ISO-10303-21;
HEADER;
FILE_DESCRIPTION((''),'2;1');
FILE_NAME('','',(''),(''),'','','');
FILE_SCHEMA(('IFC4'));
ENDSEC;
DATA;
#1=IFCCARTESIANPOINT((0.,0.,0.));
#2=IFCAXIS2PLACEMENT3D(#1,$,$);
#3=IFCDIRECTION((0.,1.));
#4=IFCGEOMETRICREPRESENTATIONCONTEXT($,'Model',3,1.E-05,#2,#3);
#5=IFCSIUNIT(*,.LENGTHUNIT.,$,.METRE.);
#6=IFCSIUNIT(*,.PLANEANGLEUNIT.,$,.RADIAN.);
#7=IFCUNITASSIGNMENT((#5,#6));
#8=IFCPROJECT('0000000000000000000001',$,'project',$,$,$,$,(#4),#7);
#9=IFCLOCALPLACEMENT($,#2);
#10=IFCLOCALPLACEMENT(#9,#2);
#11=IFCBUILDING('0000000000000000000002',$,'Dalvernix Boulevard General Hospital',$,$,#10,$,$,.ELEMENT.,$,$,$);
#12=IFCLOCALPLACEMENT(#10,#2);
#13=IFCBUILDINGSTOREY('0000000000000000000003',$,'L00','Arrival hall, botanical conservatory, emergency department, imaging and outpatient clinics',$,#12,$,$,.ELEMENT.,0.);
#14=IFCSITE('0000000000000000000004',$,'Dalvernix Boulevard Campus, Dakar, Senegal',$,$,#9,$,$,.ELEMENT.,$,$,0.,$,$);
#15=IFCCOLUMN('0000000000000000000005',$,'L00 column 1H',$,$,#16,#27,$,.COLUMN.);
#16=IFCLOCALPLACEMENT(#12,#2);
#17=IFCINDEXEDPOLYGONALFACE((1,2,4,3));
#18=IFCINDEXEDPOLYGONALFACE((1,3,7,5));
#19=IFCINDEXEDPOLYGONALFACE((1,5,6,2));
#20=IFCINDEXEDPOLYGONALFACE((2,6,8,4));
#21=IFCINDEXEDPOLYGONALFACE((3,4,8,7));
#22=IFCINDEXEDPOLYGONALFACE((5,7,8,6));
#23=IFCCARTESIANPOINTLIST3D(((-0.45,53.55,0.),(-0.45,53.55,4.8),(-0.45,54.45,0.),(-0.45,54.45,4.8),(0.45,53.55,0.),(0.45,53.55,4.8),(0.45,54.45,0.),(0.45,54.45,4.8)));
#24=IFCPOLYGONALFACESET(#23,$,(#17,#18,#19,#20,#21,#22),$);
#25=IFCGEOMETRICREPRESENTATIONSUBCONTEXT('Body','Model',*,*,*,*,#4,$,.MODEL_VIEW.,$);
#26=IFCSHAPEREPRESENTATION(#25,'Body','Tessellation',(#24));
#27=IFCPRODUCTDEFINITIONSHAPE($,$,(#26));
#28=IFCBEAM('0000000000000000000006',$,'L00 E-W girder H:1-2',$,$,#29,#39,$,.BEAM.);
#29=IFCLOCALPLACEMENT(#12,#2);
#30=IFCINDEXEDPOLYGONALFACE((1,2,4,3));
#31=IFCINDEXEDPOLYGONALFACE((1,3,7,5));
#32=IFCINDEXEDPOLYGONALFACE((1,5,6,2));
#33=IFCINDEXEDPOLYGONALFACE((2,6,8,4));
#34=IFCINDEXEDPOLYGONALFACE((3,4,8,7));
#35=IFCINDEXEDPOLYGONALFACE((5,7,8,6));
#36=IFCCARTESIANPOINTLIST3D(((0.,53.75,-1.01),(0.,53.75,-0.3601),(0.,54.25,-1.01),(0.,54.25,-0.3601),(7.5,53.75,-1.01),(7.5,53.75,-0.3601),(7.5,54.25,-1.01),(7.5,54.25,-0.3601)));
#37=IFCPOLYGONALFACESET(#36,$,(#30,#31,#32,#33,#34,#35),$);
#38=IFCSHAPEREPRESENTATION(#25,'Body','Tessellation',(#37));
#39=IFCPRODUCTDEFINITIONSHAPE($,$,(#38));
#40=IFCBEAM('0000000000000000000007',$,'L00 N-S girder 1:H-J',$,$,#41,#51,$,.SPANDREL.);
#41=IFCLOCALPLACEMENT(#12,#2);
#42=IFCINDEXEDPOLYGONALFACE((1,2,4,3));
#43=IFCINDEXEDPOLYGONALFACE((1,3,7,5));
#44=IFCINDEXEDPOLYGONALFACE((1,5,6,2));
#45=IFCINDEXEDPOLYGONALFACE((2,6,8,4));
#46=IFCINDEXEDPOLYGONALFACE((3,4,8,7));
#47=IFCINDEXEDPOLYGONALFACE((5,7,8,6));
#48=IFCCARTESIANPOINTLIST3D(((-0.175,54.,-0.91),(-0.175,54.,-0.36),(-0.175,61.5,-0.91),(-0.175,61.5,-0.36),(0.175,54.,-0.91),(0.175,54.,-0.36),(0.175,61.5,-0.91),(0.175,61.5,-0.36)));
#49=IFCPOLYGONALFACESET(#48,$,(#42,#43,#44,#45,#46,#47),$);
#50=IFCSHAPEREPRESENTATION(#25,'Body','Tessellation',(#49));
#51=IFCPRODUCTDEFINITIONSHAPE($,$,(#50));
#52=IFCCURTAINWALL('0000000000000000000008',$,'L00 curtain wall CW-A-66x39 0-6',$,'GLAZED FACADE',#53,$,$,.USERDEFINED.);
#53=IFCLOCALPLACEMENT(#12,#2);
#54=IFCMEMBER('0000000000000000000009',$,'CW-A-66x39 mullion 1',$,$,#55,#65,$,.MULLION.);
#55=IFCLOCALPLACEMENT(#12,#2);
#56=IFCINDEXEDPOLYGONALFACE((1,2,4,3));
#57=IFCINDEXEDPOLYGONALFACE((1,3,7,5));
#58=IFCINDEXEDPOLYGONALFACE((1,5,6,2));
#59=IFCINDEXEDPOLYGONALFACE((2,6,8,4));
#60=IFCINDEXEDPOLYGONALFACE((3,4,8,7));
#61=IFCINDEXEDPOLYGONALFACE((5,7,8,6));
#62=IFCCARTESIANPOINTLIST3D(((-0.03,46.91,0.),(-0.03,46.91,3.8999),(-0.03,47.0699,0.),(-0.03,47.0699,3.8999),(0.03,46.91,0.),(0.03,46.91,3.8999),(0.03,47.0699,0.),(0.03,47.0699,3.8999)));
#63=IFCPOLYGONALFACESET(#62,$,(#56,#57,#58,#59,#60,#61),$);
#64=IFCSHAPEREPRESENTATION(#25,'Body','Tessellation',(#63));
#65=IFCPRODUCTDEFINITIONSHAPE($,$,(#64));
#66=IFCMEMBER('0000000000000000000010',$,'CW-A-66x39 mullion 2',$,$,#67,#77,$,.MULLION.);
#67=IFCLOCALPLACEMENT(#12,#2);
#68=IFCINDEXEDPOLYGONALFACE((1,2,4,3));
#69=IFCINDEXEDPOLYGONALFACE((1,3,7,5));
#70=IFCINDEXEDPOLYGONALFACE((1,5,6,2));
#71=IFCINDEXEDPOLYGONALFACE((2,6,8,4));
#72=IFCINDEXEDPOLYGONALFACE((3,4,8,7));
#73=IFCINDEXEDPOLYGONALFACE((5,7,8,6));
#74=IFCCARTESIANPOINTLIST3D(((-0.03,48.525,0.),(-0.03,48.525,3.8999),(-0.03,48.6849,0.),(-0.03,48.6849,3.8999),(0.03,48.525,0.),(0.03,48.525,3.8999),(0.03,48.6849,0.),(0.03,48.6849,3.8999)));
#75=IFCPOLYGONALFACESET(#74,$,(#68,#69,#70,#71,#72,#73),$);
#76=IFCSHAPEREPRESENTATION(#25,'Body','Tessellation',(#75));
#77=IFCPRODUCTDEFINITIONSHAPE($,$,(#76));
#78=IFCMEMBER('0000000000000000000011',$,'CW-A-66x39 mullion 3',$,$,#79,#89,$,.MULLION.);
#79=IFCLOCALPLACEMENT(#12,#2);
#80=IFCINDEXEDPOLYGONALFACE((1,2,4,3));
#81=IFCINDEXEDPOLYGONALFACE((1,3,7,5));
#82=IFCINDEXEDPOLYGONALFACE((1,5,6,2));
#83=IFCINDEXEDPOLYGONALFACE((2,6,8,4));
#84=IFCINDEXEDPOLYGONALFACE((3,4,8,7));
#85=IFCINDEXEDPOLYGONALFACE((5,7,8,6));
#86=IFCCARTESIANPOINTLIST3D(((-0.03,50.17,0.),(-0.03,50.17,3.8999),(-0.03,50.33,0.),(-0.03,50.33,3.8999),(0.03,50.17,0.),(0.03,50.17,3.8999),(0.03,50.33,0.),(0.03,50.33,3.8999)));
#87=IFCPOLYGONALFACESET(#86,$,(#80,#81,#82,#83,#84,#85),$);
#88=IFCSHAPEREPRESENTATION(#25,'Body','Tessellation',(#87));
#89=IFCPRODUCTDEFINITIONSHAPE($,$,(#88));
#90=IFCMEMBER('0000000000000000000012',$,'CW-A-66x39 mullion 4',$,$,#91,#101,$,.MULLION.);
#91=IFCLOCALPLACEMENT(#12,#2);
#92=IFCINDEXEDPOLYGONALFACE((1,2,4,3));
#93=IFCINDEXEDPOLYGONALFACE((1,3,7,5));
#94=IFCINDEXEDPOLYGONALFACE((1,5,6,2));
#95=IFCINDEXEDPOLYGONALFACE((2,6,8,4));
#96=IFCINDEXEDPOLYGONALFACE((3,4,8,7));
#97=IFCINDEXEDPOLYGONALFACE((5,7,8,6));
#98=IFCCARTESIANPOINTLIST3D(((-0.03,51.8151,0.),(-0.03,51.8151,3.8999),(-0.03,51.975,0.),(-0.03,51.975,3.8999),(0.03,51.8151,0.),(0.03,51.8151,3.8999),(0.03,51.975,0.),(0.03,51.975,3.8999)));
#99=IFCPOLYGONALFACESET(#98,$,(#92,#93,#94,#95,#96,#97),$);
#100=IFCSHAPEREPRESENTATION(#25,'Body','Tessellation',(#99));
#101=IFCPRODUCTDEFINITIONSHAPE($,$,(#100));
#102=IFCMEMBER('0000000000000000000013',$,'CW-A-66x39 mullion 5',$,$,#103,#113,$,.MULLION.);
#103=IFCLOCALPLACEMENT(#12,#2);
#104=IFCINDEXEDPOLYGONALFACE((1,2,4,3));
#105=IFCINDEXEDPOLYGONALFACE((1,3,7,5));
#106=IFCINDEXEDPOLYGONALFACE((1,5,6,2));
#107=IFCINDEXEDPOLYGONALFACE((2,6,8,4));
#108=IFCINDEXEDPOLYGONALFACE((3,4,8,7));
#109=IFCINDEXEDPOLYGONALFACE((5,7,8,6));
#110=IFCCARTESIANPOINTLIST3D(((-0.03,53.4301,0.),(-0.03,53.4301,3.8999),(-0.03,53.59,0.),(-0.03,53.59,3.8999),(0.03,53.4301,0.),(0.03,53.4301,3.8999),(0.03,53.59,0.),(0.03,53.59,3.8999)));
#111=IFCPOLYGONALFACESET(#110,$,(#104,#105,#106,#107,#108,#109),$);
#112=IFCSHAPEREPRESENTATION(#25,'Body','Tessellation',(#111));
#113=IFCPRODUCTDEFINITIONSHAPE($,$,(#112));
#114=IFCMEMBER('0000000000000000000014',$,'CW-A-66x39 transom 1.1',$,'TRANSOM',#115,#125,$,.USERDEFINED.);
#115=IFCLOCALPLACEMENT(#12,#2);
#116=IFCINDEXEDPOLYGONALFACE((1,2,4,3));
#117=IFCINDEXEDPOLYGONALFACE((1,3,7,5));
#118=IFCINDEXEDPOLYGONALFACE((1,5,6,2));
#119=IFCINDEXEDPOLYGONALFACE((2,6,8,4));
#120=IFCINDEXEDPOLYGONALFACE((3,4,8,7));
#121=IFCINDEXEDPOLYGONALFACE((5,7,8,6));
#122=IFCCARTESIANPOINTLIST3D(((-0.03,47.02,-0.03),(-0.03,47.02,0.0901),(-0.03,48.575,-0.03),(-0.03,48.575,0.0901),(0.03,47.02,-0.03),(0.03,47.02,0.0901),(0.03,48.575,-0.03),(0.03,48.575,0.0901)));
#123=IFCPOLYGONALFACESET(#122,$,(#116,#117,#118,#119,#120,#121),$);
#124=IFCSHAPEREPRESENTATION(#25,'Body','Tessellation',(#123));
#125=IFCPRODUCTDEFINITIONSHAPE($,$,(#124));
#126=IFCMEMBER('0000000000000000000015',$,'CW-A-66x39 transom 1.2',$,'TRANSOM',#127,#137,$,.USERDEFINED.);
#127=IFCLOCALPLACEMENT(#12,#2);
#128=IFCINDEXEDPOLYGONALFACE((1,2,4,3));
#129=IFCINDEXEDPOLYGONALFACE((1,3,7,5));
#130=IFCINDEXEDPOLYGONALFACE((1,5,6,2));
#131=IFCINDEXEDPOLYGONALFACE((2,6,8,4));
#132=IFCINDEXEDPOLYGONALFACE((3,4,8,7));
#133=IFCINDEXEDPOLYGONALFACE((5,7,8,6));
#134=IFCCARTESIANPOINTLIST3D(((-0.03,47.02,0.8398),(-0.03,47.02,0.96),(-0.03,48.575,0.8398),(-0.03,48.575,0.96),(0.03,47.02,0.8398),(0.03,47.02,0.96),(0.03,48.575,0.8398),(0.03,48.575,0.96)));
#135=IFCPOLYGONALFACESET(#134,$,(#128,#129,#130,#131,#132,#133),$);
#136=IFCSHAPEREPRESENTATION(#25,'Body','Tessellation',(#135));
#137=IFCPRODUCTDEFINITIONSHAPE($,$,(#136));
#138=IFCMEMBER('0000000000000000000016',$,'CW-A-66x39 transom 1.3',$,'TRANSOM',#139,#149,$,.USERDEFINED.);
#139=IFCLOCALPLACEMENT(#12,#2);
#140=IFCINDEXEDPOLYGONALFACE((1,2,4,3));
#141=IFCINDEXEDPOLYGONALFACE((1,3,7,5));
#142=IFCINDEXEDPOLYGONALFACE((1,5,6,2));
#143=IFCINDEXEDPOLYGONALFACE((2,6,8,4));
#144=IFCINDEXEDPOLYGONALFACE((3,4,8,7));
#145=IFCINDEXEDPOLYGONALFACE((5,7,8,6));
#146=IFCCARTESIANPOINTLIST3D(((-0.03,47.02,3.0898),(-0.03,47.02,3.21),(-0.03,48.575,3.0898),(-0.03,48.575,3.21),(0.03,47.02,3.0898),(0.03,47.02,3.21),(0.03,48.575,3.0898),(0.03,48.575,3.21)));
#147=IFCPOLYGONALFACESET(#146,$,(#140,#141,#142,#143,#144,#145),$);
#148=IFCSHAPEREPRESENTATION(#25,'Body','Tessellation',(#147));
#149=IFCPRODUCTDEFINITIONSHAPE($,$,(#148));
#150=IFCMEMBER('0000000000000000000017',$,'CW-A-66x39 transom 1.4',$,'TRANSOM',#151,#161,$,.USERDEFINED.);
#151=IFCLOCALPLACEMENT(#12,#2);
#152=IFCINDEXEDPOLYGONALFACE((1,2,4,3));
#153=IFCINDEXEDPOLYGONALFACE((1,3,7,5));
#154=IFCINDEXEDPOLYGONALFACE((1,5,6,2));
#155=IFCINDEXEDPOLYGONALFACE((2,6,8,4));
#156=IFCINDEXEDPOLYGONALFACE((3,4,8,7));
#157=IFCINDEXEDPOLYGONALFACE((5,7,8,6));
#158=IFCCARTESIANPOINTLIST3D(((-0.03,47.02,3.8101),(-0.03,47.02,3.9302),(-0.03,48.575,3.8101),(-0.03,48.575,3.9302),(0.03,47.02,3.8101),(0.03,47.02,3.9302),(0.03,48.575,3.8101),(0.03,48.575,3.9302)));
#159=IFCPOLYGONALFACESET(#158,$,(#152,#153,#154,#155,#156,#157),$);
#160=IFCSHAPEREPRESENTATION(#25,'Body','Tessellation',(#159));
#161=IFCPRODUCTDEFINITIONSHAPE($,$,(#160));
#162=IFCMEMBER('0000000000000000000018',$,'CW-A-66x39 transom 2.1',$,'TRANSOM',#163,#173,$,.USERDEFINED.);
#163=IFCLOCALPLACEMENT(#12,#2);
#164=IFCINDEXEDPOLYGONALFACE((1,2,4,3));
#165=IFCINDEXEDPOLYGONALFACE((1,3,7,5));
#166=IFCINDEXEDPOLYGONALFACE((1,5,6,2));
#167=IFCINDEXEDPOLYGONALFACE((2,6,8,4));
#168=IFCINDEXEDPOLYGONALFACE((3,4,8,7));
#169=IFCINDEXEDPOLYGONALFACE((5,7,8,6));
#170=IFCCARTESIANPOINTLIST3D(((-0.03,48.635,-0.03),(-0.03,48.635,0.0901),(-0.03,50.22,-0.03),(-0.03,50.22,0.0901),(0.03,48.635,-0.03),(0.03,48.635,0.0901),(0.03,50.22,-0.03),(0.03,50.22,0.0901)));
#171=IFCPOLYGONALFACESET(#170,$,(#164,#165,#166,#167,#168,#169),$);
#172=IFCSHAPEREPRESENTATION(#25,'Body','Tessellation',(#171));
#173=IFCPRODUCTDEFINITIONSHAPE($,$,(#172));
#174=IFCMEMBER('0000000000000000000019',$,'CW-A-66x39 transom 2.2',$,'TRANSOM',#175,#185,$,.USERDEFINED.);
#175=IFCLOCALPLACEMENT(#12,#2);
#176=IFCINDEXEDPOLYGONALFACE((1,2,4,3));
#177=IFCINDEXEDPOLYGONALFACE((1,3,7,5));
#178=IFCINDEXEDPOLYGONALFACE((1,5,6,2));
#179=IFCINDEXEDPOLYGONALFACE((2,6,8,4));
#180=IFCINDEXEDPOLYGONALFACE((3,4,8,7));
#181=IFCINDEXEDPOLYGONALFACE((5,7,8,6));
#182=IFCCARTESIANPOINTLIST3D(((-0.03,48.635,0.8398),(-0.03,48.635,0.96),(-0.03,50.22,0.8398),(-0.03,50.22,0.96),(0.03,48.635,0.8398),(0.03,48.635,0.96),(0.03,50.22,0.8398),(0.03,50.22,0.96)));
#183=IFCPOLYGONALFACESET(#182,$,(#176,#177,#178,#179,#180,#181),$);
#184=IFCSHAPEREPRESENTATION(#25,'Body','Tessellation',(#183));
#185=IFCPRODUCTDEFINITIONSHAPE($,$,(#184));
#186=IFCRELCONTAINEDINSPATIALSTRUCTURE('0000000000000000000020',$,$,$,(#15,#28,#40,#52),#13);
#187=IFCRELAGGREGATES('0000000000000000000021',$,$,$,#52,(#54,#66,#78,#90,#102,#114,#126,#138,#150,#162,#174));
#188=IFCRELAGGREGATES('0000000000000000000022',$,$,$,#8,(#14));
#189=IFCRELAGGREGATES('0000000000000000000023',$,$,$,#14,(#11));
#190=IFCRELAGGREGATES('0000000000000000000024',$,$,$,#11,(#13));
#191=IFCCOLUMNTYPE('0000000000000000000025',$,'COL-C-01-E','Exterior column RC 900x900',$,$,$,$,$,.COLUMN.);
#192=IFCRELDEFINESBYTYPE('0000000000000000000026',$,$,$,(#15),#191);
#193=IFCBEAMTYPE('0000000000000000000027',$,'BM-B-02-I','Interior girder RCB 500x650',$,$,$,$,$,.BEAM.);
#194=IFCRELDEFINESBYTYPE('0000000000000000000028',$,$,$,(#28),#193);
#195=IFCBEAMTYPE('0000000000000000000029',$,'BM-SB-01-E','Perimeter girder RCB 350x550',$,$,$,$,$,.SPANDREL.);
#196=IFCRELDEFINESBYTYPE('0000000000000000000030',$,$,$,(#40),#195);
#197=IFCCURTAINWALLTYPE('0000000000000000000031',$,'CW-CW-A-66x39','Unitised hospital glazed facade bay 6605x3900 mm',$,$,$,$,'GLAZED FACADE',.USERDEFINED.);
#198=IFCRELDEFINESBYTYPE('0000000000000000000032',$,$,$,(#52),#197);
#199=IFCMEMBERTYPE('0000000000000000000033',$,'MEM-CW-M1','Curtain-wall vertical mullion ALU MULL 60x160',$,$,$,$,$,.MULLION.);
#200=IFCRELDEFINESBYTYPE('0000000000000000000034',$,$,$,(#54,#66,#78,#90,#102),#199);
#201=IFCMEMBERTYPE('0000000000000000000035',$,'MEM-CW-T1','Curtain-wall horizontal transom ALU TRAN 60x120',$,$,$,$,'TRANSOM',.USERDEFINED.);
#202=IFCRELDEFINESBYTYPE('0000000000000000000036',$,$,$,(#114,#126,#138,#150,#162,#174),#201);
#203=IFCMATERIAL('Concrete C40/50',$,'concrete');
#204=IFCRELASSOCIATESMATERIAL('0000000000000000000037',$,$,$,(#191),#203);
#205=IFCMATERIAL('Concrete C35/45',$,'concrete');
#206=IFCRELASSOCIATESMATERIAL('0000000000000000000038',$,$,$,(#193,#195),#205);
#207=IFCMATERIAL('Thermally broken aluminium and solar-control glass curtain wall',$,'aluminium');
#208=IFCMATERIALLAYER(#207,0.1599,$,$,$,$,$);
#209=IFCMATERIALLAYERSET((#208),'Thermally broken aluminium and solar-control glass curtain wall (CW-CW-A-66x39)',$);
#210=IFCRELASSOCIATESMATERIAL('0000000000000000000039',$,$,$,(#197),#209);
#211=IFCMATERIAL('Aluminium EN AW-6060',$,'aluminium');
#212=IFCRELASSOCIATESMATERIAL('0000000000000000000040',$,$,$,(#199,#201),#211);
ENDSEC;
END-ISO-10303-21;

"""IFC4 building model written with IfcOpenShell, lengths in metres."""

from ifc_helpers import new_model, si_unit, direction, frame, origin, origin_2d, place, context, subcontext, project, spatial, rectangle, extrude, material, layer, layer_set, material_profile, profile_set, type_object, element, aggregate, save


model = new_model("IFC4")

# Units and contexts
model_context = context("Model", 3, precision=1e-05, world=origin(), true_north=direction((0.0, 1.0)))
body_context = subcontext(model_context, "Body", "Model", "MODEL_VIEW")
ifc_project = project(units=[si_unit("LENGTHUNIT", "METRE"), si_unit("PLANEANGLEUNIT", "RADIAN")], contexts=[model_context])

# Site, building, storey
site_placement = place(None, origin())
site = spatial("IfcSite", under=ifc_project, at=site_placement, Name="Dalvernix Boulevard Campus, Dakar, Senegal", CompositionType="ELEMENT", RefElevation=0.0)
building_placement = place(site_placement, origin())
building = spatial("IfcBuilding", under=site, at=building_placement, Name="Dalvernix Boulevard General Hospital", CompositionType="ELEMENT")
storey_placement = place(building_placement, origin())
storey = spatial("IfcBuildingStorey", under=building, at=storey_placement, Name="L00", Description="Arrival hall, botanical conservatory, emergency department, imaging and outpatient clinics", CompositionType="ELEMENT", Elevation=0.0)

# Column
ifc_material_1 = material(Name="Concrete C40/50", Category="concrete")
ifc_material_profile_1 = material_profile(ifc_material_1, rectangle(XDim=0.8999, YDim=0.8999, at=origin_2d()), Name="RC 900x900")
ifc_profile_set_1 = profile_set([ifc_material_profile_1], Name="Concrete C40/50")
column_type = type_object("IfcColumnType", Name="COL-C-01-E", Description="Exterior column RC 900x900", PredefinedType="COLUMN", material=ifc_profile_set_1)
column_placement = place(storey_placement, frame((0.0, 54.0, 0.0), z_axis=(0.0, 0.0, 1.0), x_axis=(1.0, 0.0, 0.0)))
element("IfcColumn", 1, at=column_placement, inside=storey, type_object=column_type, Name="L00 column 1H", PredefinedType="COLUMN", context=body_context, shape_type="SweptSolid", body=[
    extrude(rectangle(XDim=0.8999, YDim=0.8999, at=origin_2d()), origin(), (0.0, 0.0, 1.0), 4.8),
])

# Beams
ifc_material_2 = material(Name="Concrete C35/45", Category="concrete")
ifc_material_profile_2 = material_profile(ifc_material_2, rectangle(XDim=0.5, YDim=0.6499, at=origin_2d()), Name="RCB 500x650")
ifc_profile_set_2 = profile_set([ifc_material_profile_2], Name="Concrete C35/45")
beam_type_1 = type_object("IfcBeamType", Name="BM-B-02-I", Description="Interior girder RCB 500x650", PredefinedType="BEAM", material=ifc_profile_set_2)
beam_1_placement = place(storey_placement, frame((0.0, 54.0, -0.6851), z_axis=(1.0, 0.0, 0.0), x_axis=(0.0, 1.0, 0.0)))
element("IfcBeam", 2, at=beam_1_placement, inside=storey, type_object=beam_type_1, Name="L00 E-W girder H:1-2", PredefinedType="BEAM", context=body_context, shape_type="SweptSolid", body=[
    extrude(rectangle(XDim=0.5, YDim=0.6499, at=origin_2d()), origin(), (0.0, 0.0, 1.0), 7.5),
])
ifc_material_profile_3 = material_profile(ifc_material_2, rectangle(XDim=0.3501, YDim=0.55, at=origin_2d()), Name="RCB 350x550")
ifc_profile_set_3 = profile_set([ifc_material_profile_3], Name="Concrete C35/45")
beam_type_2 = type_object("IfcBeamType", Name="BM-SB-01-E", Description="Perimeter girder RCB 350x550", PredefinedType="SPANDREL", material=ifc_profile_set_3)
beam_2_placement = place(storey_placement, frame((0.0, 54.0, -0.635), z_axis=(0.0, 1.0, 0.0), x_axis=(-1.0, 0.0, 0.0)))
element("IfcBeam", 3, at=beam_2_placement, inside=storey, type_object=beam_type_2, Name="L00 N-S girder 1:H-J", PredefinedType="SPANDREL", context=body_context, shape_type="SweptSolid", body=[
    extrude(rectangle(XDim=0.3501, YDim=0.55, at=origin_2d()), origin(), (0.0, 0.0, 1.0), 7.5),
])

# Curtain wall, members
ifc_material_3 = material(Name="Thermally broken aluminium and solar-control glass curtain wall", Category="aluminium")
ifc_layer_1 = layer(ifc_material_3, 0.1599)
ifc_layer_set_1 = layer_set([ifc_layer_1], Name="Thermally broken aluminium and solar-control glass curtain wall (CW-CW-A-66x39)")
curtain_wall_type = type_object("IfcCurtainWallType", Name="CW-CW-A-66x39", Description="Unitised hospital glazed facade bay 6605x3900 mm", ElementType="GLAZED FACADE", PredefinedType="USERDEFINED", material=ifc_layer_set_1)
curtain_wall_placement = place(storey_placement, origin())
curtain_wall = element("IfcCurtainWall", 4, at=curtain_wall_placement, inside=storey, type_object=curtain_wall_type, Name="L00 curtain wall CW-A-66x39 0-6", ObjectType="GLAZED FACADE", PredefinedType="USERDEFINED")
ifc_material_4 = material(Name="Aluminium EN AW-6060", Category="aluminium")
ifc_material_profile_4 = material_profile(ifc_material_4, rectangle(XDim=0.0601, YDim=0.1599, at=origin_2d()), Name="ALU MULL 60x160")
ifc_profile_set_4 = profile_set([ifc_material_profile_4], Name="Aluminium EN AW-6060")
member_type_1 = type_object("IfcMemberType", Name="MEM-CW-M1", Description="Curtain-wall vertical mullion ALU MULL 60x160", PredefinedType="MULLION", material=ifc_profile_set_4)
member_1_placement = place(storey_placement, frame((0.0, 46.99, 0.0), z_axis=(0.0, 0.0, 1.0), x_axis=(-1.0, 0.0, 0.0)))
member_1 = element("IfcMember", 5, at=member_1_placement, type_object=member_type_1, Name="CW-A-66x39 mullion 1", PredefinedType="MULLION", context=body_context, shape_type="SweptSolid", body=[
    extrude(rectangle(XDim=0.0601, YDim=0.1599, at=origin_2d()), origin(), (0.0, 0.0, 1.0), 3.8999),
])
member_2_placement = place(storey_placement, frame((0.0, 48.605, 0.0), z_axis=(0.0, 0.0, 1.0), x_axis=(-1.0, 0.0, 0.0)))
member_2 = element("IfcMember", 6, at=member_2_placement, type_object=member_type_1, Name="CW-A-66x39 mullion 2", PredefinedType="MULLION", context=body_context, shape_type="SweptSolid", body=[
    extrude(rectangle(XDim=0.0601, YDim=0.1599, at=origin_2d()), origin(), (0.0, 0.0, 1.0), 3.8999),
])
member_3_placement = place(storey_placement, frame((0.0, 50.25, 0.0), z_axis=(0.0, 0.0, 1.0), x_axis=(-1.0, 0.0, 0.0)))
member_3 = element("IfcMember", 7, at=member_3_placement, type_object=member_type_1, Name="CW-A-66x39 mullion 3", PredefinedType="MULLION", context=body_context, shape_type="SweptSolid", body=[
    extrude(rectangle(XDim=0.0601, YDim=0.1599, at=origin_2d()), origin(), (0.0, 0.0, 1.0), 3.8999),
])
member_4_placement = place(storey_placement, frame((0.0, 51.895, 0.0), z_axis=(0.0, 0.0, 1.0), x_axis=(-1.0, 0.0, 0.0)))
member_4 = element("IfcMember", 8, at=member_4_placement, type_object=member_type_1, Name="CW-A-66x39 mullion 4", PredefinedType="MULLION", context=body_context, shape_type="SweptSolid", body=[
    extrude(rectangle(XDim=0.0601, YDim=0.1599, at=origin_2d()), origin(), (0.0, 0.0, 1.0), 3.8999),
])
member_5_placement = place(storey_placement, frame((0.0, 53.51, 0.0), z_axis=(0.0, 0.0, 1.0), x_axis=(-1.0, 0.0, 0.0)))
member_5 = element("IfcMember", 9, at=member_5_placement, type_object=member_type_1, Name="CW-A-66x39 mullion 5", PredefinedType="MULLION", context=body_context, shape_type="SweptSolid", body=[
    extrude(rectangle(XDim=0.0601, YDim=0.1599, at=origin_2d()), origin(), (0.0, 0.0, 1.0), 3.8999),
])
ifc_material_profile_5 = material_profile(ifc_material_4, rectangle(XDim=0.0601, YDim=0.1201, at=origin_2d()), Name="ALU TRAN 60x120")
ifc_profile_set_5 = profile_set([ifc_material_profile_5], Name="Aluminium EN AW-6060")
member_type_2 = type_object("IfcMemberType", Name="MEM-CW-T1", Description="Curtain-wall horizontal transom ALU TRAN 60x120", ElementType="TRANSOM", PredefinedType="USERDEFINED", material=ifc_profile_set_5)
member_6_placement = place(storey_placement, frame((0.0, 47.02, 0.03), z_axis=(0.0, 1.0, 0.0), x_axis=(-1.0, 0.0, 0.0)))
member_6 = element("IfcMember", 10, at=member_6_placement, type_object=member_type_2, Name="CW-A-66x39 transom 1.1", ObjectType="TRANSOM", PredefinedType="USERDEFINED", context=body_context, shape_type="SweptSolid", body=[
    extrude(rectangle(XDim=0.0601, YDim=0.1201, at=origin_2d()), origin(), (0.0, 0.0, 1.0), 1.5549),
])
member_7_placement = place(storey_placement, frame((0.0, 47.02, 0.8999), z_axis=(0.0, 1.0, 0.0), x_axis=(-1.0, 0.0, 0.0)))
member_7 = element("IfcMember", 11, at=member_7_placement, type_object=member_type_2, Name="CW-A-66x39 transom 1.2", ObjectType="TRANSOM", PredefinedType="USERDEFINED", context=body_context, shape_type="SweptSolid", body=[
    extrude(rectangle(XDim=0.0601, YDim=0.1201, at=origin_2d()), origin(), (0.0, 0.0, 1.0), 1.5549),
])
member_8_placement = place(storey_placement, frame((0.0, 47.02, 3.1499), z_axis=(0.0, 1.0, 0.0), x_axis=(-1.0, 0.0, 0.0)))
member_8 = element("IfcMember", 12, at=member_8_placement, type_object=member_type_2, Name="CW-A-66x39 transom 1.3", ObjectType="TRANSOM", PredefinedType="USERDEFINED", context=body_context, shape_type="SweptSolid", body=[
    extrude(rectangle(XDim=0.0601, YDim=0.1201, at=origin_2d()), origin(), (0.0, 0.0, 1.0), 1.5549),
])
member_9_placement = place(storey_placement, frame((0.0, 47.02, 3.8701), z_axis=(0.0, 1.0, 0.0), x_axis=(-1.0, 0.0, 0.0)))
member_9 = element("IfcMember", 13, at=member_9_placement, type_object=member_type_2, Name="CW-A-66x39 transom 1.4", ObjectType="TRANSOM", PredefinedType="USERDEFINED", context=body_context, shape_type="SweptSolid", body=[
    extrude(rectangle(XDim=0.0601, YDim=0.1201, at=origin_2d()), origin(), (0.0, 0.0, 1.0), 1.5549),
])
member_10_placement = place(storey_placement, frame((0.0, 48.635, 0.03), z_axis=(0.0, 1.0, 0.0), x_axis=(-1.0, 0.0, 0.0)))
member_10 = element("IfcMember", 14, at=member_10_placement, type_object=member_type_2, Name="CW-A-66x39 transom 2.1", ObjectType="TRANSOM", PredefinedType="USERDEFINED", context=body_context, shape_type="SweptSolid", body=[
    extrude(rectangle(XDim=0.0601, YDim=0.1201, at=origin_2d()), origin(), (0.0, 0.0, 1.0), 1.585),
])
member_11_placement = place(storey_placement, frame((0.0, 48.635, 0.8999), z_axis=(0.0, 1.0, 0.0), x_axis=(-1.0, 0.0, 0.0)))
member_11 = element("IfcMember", 15, at=member_11_placement, type_object=member_type_2, Name="CW-A-66x39 transom 2.2", ObjectType="TRANSOM", PredefinedType="USERDEFINED", context=body_context, shape_type="SweptSolid", body=[
    extrude(rectangle(XDim=0.0601, YDim=0.1201, at=origin_2d()), origin(), (0.0, 0.0, 1.0), 1.585),
])
aggregate(curtain_wall, [member_1, member_2, member_3, member_4, member_5, member_6, member_7, member_8, member_9, member_10, member_11])

save(model, "model.ifc")
